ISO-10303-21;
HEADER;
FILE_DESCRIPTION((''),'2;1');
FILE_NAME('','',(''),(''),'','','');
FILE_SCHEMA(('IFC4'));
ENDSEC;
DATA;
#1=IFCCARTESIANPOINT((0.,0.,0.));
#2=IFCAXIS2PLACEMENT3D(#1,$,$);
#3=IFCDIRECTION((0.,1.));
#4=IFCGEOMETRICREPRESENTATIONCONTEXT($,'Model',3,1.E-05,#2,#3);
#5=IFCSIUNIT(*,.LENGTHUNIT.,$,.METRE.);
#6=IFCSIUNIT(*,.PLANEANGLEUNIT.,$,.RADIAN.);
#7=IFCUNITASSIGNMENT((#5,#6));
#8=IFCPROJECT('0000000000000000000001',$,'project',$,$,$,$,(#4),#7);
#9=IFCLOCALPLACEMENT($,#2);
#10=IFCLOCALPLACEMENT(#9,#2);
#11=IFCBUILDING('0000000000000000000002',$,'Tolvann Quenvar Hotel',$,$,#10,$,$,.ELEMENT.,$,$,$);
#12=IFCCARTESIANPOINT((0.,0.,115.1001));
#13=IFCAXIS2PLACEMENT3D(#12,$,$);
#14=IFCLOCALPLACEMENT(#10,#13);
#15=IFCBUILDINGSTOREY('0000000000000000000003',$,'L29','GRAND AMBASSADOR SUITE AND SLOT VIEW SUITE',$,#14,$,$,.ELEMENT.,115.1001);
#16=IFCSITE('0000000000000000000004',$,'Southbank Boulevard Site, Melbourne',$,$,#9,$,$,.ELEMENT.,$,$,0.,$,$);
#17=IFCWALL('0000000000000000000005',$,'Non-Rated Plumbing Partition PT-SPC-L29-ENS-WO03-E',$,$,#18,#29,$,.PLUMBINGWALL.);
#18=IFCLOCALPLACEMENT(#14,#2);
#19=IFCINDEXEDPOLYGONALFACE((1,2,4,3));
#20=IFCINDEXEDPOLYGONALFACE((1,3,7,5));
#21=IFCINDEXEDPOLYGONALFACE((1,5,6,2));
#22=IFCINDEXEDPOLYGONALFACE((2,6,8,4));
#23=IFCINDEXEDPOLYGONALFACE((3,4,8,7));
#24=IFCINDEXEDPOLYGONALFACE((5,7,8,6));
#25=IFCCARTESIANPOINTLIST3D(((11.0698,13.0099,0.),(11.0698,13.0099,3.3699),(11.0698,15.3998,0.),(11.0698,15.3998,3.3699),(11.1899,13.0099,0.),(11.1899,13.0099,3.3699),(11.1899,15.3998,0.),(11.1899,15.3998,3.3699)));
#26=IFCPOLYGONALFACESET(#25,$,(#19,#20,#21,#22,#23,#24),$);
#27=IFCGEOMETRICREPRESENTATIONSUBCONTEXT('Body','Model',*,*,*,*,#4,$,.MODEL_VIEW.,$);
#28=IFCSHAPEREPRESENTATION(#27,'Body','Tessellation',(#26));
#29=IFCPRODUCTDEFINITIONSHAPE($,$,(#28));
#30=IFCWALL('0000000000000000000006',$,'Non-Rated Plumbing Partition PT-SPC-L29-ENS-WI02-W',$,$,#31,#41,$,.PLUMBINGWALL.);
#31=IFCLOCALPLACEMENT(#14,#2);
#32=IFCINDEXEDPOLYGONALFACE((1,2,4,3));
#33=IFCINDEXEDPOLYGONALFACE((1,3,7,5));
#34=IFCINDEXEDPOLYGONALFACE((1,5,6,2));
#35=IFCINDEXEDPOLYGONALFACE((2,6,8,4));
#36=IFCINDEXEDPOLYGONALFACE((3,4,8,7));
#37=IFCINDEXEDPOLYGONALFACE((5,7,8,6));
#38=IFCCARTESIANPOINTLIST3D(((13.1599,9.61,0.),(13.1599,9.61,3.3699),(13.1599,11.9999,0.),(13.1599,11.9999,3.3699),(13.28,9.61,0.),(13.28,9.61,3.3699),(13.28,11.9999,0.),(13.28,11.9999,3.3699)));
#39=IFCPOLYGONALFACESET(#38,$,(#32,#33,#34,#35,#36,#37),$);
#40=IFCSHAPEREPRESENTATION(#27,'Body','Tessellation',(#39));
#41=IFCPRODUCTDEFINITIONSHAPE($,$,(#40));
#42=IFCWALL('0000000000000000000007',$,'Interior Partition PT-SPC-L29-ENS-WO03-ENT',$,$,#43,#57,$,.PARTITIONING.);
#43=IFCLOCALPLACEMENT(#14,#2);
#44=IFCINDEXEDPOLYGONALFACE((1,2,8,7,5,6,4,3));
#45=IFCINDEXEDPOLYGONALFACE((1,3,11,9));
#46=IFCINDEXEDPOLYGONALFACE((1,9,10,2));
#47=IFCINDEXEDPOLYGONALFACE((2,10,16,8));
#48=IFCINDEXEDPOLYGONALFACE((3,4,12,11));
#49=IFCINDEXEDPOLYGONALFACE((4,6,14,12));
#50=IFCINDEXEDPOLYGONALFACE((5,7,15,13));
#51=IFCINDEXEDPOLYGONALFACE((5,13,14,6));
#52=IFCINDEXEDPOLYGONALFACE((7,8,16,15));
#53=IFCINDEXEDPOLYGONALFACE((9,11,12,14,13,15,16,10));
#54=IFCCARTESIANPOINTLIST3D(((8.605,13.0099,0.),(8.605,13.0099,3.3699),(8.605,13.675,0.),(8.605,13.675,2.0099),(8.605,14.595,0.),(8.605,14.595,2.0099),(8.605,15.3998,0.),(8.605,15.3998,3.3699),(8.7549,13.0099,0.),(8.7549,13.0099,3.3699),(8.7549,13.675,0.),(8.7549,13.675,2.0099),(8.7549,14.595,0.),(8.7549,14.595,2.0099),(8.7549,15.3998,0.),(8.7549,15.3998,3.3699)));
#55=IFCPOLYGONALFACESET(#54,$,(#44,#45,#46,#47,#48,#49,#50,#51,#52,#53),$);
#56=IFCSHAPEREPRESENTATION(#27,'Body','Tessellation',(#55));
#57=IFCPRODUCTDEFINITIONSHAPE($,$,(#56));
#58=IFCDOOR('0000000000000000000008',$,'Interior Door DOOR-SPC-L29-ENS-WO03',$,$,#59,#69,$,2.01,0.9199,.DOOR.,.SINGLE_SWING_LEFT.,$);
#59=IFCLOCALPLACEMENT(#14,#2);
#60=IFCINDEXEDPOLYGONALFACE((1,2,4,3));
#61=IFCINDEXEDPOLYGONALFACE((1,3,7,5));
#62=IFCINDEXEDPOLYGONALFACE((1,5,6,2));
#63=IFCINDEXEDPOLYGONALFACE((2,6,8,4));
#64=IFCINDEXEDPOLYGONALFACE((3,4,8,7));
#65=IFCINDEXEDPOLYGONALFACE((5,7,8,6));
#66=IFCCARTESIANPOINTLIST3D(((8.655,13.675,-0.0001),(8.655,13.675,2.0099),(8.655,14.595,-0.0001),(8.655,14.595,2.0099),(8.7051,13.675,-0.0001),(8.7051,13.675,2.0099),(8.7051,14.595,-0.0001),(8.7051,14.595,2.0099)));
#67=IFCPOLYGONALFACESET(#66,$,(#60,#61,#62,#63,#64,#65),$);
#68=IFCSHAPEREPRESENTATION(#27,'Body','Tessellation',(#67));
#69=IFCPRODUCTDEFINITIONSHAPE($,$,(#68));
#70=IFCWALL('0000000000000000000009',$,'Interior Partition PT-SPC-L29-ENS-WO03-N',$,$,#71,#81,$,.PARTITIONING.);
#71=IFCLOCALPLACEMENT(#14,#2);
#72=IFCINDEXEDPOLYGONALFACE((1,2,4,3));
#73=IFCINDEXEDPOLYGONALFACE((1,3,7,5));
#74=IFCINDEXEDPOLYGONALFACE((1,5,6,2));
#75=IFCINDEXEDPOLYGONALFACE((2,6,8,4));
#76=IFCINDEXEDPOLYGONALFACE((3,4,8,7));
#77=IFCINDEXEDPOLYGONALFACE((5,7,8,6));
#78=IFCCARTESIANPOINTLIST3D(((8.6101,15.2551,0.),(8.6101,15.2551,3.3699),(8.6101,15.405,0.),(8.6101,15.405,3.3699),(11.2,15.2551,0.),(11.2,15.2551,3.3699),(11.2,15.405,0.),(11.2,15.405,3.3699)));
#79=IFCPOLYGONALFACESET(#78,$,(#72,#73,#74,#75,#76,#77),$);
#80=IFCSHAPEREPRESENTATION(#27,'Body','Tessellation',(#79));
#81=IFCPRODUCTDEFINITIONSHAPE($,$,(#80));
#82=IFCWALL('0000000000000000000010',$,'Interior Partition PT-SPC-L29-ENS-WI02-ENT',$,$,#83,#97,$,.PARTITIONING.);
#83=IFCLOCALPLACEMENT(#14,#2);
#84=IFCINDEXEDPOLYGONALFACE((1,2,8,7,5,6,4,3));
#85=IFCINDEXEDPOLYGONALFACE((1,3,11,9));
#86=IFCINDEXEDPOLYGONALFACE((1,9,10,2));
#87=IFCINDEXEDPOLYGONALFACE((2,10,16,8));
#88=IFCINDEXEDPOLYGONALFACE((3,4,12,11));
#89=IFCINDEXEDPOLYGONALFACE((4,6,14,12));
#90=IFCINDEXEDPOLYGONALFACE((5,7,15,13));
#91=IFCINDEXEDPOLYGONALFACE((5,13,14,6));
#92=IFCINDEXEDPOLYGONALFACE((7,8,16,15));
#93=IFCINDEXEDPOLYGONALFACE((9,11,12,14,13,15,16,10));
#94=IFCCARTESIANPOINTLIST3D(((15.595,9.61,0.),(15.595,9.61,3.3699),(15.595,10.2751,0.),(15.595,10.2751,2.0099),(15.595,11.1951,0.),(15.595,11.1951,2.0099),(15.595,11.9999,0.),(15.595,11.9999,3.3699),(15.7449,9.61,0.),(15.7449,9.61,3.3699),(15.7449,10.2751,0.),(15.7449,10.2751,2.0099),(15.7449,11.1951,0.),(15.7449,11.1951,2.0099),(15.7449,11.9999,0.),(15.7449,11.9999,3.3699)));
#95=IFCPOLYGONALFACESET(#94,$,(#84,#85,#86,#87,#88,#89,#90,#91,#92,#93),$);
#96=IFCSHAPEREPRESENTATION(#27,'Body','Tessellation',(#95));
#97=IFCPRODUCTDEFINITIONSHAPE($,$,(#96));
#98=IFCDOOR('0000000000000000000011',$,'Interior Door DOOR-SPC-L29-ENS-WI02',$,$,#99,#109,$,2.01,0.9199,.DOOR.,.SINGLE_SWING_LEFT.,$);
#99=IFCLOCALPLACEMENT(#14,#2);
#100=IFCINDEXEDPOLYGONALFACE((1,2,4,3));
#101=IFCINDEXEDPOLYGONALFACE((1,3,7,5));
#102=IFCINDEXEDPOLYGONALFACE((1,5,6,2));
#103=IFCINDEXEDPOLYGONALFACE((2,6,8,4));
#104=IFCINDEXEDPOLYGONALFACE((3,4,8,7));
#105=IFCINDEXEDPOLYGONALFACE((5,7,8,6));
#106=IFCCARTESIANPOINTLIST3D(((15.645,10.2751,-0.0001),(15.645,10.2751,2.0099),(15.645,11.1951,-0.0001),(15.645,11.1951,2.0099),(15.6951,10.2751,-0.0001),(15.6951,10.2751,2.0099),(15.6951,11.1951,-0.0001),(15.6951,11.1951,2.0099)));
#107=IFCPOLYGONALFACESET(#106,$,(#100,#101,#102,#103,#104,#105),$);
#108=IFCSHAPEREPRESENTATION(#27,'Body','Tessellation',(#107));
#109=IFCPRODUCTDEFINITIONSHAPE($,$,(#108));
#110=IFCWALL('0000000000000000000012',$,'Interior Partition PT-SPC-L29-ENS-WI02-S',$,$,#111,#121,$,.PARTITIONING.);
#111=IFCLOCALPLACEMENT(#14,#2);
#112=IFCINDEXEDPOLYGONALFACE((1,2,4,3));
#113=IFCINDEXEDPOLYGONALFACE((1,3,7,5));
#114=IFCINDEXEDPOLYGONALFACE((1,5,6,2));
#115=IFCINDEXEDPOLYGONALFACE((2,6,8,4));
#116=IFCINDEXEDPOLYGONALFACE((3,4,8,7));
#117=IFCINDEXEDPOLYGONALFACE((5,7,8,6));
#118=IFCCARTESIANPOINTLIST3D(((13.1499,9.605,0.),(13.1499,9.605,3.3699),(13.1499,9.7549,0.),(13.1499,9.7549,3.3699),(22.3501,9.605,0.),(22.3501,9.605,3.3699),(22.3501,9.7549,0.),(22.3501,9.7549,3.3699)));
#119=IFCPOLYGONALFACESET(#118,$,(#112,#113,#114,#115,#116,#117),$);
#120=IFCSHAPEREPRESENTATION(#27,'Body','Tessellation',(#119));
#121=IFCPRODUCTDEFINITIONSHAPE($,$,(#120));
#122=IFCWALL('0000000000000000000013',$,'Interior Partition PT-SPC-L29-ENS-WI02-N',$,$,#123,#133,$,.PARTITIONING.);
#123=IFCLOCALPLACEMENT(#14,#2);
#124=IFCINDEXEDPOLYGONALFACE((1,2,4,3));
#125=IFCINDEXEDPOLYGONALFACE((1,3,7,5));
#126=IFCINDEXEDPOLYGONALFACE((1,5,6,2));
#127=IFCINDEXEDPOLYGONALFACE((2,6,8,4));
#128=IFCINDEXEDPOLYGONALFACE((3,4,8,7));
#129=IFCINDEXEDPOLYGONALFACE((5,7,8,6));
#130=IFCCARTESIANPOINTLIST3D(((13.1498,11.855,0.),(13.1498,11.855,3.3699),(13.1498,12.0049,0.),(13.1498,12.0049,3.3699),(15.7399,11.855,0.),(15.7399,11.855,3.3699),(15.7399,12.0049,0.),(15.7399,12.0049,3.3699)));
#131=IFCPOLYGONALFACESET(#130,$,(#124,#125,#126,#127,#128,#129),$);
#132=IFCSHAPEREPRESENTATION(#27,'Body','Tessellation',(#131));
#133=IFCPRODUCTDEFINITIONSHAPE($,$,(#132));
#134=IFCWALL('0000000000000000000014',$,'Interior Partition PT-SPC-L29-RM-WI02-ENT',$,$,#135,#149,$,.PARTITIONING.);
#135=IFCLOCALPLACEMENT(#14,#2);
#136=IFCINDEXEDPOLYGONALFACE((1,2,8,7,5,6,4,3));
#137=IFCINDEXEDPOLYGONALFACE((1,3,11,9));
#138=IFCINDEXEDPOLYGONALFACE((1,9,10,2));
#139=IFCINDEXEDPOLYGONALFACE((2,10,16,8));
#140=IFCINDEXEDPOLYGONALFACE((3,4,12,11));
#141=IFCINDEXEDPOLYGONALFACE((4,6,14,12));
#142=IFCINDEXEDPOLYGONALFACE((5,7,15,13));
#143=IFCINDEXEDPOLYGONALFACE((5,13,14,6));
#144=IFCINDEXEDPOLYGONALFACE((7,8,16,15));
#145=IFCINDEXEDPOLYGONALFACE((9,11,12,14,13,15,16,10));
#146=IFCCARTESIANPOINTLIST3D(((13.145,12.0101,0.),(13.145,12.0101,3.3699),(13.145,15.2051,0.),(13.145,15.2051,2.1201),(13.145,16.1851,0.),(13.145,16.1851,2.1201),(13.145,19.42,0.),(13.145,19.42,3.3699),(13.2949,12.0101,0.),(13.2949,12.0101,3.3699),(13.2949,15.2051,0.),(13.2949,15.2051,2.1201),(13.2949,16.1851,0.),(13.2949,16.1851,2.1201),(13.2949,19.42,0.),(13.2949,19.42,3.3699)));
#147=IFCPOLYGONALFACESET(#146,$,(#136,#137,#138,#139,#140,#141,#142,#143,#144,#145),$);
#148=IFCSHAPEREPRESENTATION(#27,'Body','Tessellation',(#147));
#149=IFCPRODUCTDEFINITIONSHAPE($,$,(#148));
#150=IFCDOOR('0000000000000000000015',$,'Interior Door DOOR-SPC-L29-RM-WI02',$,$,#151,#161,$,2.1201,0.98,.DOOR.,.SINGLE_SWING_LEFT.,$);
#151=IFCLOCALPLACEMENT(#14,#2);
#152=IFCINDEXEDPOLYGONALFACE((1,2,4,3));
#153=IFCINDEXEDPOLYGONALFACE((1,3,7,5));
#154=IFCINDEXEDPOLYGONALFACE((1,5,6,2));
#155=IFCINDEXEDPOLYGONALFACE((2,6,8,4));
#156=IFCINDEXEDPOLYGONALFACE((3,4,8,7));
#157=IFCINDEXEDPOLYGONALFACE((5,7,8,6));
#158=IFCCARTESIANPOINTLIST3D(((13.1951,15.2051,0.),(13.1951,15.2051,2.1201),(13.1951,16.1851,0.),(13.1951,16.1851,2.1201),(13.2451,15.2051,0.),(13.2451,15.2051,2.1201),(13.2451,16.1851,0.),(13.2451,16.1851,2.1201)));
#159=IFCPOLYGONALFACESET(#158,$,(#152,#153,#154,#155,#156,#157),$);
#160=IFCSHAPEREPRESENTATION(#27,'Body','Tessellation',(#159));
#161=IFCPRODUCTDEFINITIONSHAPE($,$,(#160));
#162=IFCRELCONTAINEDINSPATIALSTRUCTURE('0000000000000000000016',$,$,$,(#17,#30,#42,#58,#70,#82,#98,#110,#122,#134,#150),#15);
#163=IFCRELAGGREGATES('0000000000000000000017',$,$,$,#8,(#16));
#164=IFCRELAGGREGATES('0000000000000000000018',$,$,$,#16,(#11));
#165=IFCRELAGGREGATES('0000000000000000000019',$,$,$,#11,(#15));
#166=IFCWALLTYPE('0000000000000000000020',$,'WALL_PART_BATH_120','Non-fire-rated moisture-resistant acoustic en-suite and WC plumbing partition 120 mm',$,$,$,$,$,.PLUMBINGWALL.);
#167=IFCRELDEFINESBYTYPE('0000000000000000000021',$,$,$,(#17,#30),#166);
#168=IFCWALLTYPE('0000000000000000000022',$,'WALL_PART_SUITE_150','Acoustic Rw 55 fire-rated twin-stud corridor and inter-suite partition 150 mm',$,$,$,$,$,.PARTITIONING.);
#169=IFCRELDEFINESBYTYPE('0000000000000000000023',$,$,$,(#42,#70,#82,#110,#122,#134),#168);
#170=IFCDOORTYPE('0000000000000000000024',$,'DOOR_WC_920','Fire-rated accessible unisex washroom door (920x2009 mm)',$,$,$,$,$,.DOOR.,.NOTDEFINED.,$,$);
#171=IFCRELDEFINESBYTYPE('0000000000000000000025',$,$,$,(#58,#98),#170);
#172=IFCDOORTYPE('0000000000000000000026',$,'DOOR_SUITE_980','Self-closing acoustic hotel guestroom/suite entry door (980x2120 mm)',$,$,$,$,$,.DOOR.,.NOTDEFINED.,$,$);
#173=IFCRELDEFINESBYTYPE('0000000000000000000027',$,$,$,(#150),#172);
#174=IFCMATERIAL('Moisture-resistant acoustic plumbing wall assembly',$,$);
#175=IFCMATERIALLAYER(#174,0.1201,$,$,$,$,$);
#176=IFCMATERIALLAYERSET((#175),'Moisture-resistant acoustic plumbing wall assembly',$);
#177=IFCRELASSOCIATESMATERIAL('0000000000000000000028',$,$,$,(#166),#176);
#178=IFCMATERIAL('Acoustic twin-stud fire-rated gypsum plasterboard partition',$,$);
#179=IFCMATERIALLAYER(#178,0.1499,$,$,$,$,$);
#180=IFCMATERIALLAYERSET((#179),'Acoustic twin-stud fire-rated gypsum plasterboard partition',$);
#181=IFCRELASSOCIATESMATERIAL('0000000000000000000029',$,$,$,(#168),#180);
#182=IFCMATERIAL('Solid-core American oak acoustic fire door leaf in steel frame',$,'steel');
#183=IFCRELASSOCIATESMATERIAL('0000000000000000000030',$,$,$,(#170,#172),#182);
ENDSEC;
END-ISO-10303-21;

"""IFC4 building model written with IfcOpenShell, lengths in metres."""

from ifc_helpers import new_model, si_unit, direction, frame, frame_2d, origin, place, context, subcontext, project, spatial, rectangle, extrude, source, transform, mapped, material, layer, layer_set, type_object, type_shapes, element, fill, save


model = new_model("IFC4")

# Units and contexts
model_context = context("Model", 3, precision=1e-05, world=origin(), true_north=direction((0.0, 1.0)))
body_context = subcontext(model_context, "Body", "Model", "MODEL_VIEW")
ifc_project = project(units=[si_unit("LENGTHUNIT", "METRE"), si_unit("PLANEANGLEUNIT", "RADIAN")], contexts=[model_context])

# Site, building, storey
site_placement = place(None, origin())
site = spatial("IfcSite", under=ifc_project, at=site_placement, Name="Southbank Boulevard Site, Melbourne", CompositionType="ELEMENT", RefElevation=0.0)
building_placement = place(site_placement, origin())
building = spatial("IfcBuilding", under=site, at=building_placement, Name="Tolvann Quenvar Hotel", CompositionType="ELEMENT")
storey_placement = place(building_placement, frame((0.0, 0.0, 115.1001)))
storey = spatial("IfcBuildingStorey", under=building, at=storey_placement, Name="L29", Description="GRAND AMBASSADOR SUITE AND SLOT VIEW SUITE", CompositionType="ELEMENT", Elevation=115.1001)

# Walls
ifc_material_1 = material(Name="Moisture-resistant acoustic plumbing wall assembly")
ifc_layer_1 = layer(ifc_material_1, 0.1201)
ifc_layer_set_1 = layer_set([ifc_layer_1], Name="Moisture-resistant acoustic plumbing wall assembly")
wall_type_1 = type_object("IfcWallType", Name="WALL_PART_BATH_120", Description="Non-fire-rated moisture-resistant acoustic en-suite and WC plumbing partition 120 mm", PredefinedType="PLUMBINGWALL", material=ifc_layer_set_1)
for number, where, z_axis, x_axis, name in (
    (1, (11.1299, 13.01, 0.0), (0.0, 0.0, 1.0), (0.0, 1.0, 0.0), "Non-Rated Plumbing Partition PT-SPC-L29-ENS-WO03-E"),
    (2, (13.22, 9.6101, 0.0), (0.0, 0.0, 1.0), (0.0, 1.0, 0.0), "Non-Rated Plumbing Partition PT-SPC-L29-ENS-WI02-W"),
):
    element("IfcWall", number, at=place(storey_placement, frame(where, z_axis=z_axis, x_axis=x_axis)), inside=storey, type_object=wall_type_1, Name=name, PredefinedType="PLUMBINGWALL", context=body_context, shape_type="SweptSolid", body=[
        extrude(rectangle(XDim=2.3899, YDim=0.1201, at=frame_2d((1.1948, 0.0))), origin(), (0.0, 0.0, 1.0), 3.3699),
    ])

# Wall, opening, door
ifc_material_2 = material(Name="Acoustic twin-stud fire-rated gypsum plasterboard partition")
ifc_layer_2 = layer(ifc_material_2, 0.1499)
ifc_layer_set_2 = layer_set([ifc_layer_2], Name="Acoustic twin-stud fire-rated gypsum plasterboard partition")
wall_type_2 = type_object("IfcWallType", Name="WALL_PART_SUITE_150", Description="Acoustic Rw 55 fire-rated twin-stud corridor and inter-suite partition 150 mm", PredefinedType="PARTITIONING", material=ifc_layer_set_2)
wall_1_placement = place(storey_placement, frame((8.6799, 13.01, 0.0), z_axis=(0.0, 0.0, 1.0), x_axis=(0.0, 1.0, 0.0)))
wall_1 = element("IfcWall", 3, at=wall_1_placement, inside=storey, type_object=wall_type_2, Name="Interior Partition PT-SPC-L29-ENS-WO03-ENT", PredefinedType="PARTITIONING", context=body_context, shape_type="SweptSolid", body=[
    extrude(rectangle(XDim=2.3899, YDim=0.1499, at=frame_2d((1.1948, 0.0))), origin(), (0.0, 0.0, 1.0), 3.3699),
])
opening_1_placement = place(wall_1_placement, frame((0.665, 0.0, 0.0)))
opening_1 = element("IfcOpeningElement", 4, at=opening_1_placement, cuts=wall_1, PredefinedType="OPENING", context=body_context, shape_type="SweptSolid", body=[
    extrude(rectangle(XDim=0.9199, YDim=2.01, at=frame_2d((0.46, 1.0049))), frame((0.0, 0.085, 0.0), z_axis=(0.0, -1.0, 0.0), x_axis=(1.0, 0.0, 0.0)), (0.0, 0.0, 1.0), 0.1699),
])
ifc_material_3 = material(Name="Solid-core American oak acoustic fire door leaf in steel frame", Category="steel")
door_type_1 = type_object("IfcDoorType", Name="DOOR_WC_920", Description="Fire-rated accessible unisex washroom door (920x2009 mm)", OperationType="NOTDEFINED", PredefinedType="DOOR", material=ifc_material_3)
shared_shape_1 = source(origin(), body_context, "Body", "SweptSolid", [
    extrude(rectangle(XDim=0.9199, YDim=2.01, at=frame_2d((0.46, 1.0049))), frame((0.0, 0.0249, 0.0), z_axis=(0.0, -1.0, 0.0), x_axis=(1.0, 0.0, 0.0)), (0.0, 0.0, 1.0), 0.05),
])
type_shapes(door_type_1, [shared_shape_1])
door_1_placement = place(opening_1_placement, origin())
door_1 = element("IfcDoor", 5, at=door_1_placement, inside=storey, type_object=door_type_1, Name="Interior Door DOOR-SPC-L29-ENS-WO03", OperationType="SINGLE_SWING_LEFT", OverallHeight=2.01, OverallWidth=0.9199, PredefinedType="DOOR", context=body_context, shape_type="MappedRepresentation", body=[
    mapped(shared_shape_1, transform((0.0, 0.0, 0.0), x_axis=(1.0, 0.0, 0.0), y_axis=(0.0, 1.0, 0.0), z_axis=(0.0, 0.0, 1.0), scale=1.0)),
])
fill(opening_1, door_1)

# Wall
wall_2_placement = place(storey_placement, frame((8.6101, 15.3301, 0.0), z_axis=(0.0, 0.0, 1.0), x_axis=(1.0, 0.0, 0.0)))
element("IfcWall", 6, at=wall_2_placement, inside=storey, type_object=wall_type_2, Name="Interior Partition PT-SPC-L29-ENS-WO03-N", PredefinedType="PARTITIONING", context=body_context, shape_type="SweptSolid", body=[
    extrude(rectangle(XDim=2.5898, YDim=0.1499, at=frame_2d((1.2949, 0.0))), origin(), (0.0, 0.0, 1.0), 3.3699),
])

# Wall, opening, door
wall_3_placement = place(storey_placement, frame((15.6699, 9.6101, 0.0), z_axis=(0.0, 0.0, 1.0), x_axis=(0.0, 1.0, 0.0)))
wall_3 = element("IfcWall", 7, at=wall_3_placement, inside=storey, type_object=wall_type_2, Name="Interior Partition PT-SPC-L29-ENS-WI02-ENT", PredefinedType="PARTITIONING", context=body_context, shape_type="SweptSolid", body=[
    extrude(rectangle(XDim=2.3899, YDim=0.1499, at=frame_2d((1.1948, 0.0))), origin(), (0.0, 0.0, 1.0), 3.3699),
])
opening_2_placement = place(wall_3_placement, frame((0.665, 0.0, 0.0)))
opening_2 = element("IfcOpeningElement", 8, at=opening_2_placement, cuts=wall_3, PredefinedType="OPENING", context=body_context, shape_type="SweptSolid", body=[
    extrude(rectangle(XDim=0.9199, YDim=2.01, at=frame_2d((0.46, 1.0049))), frame((0.0, 0.085, 0.0), z_axis=(0.0, -1.0, 0.0), x_axis=(1.0, 0.0, 0.0)), (0.0, 0.0, 1.0), 0.1699),
])
door_2_placement = place(opening_2_placement, origin())
door_2 = element("IfcDoor", 9, at=door_2_placement, inside=storey, type_object=door_type_1, Name="Interior Door DOOR-SPC-L29-ENS-WI02", OperationType="SINGLE_SWING_LEFT", OverallHeight=2.01, OverallWidth=0.9199, PredefinedType="DOOR", context=body_context, shape_type="MappedRepresentation", body=[
    mapped(shared_shape_1, transform((0.0, 0.0, 0.0), x_axis=(1.0, 0.0, 0.0), y_axis=(0.0, 1.0, 0.0), z_axis=(0.0, 0.0, 1.0), scale=1.0)),
])
fill(opening_2, door_2)

# Walls
wall_4_placement = place(storey_placement, frame((13.1499, 9.6799, 0.0), z_axis=(0.0, 0.0, 1.0), x_axis=(1.0, 0.0, 0.0)))
element("IfcWall", 10, at=wall_4_placement, inside=storey, type_object=wall_type_2, Name="Interior Partition PT-SPC-L29-ENS-WI02-S", PredefinedType="PARTITIONING", context=body_context, shape_type="SweptSolid", body=[
    extrude(rectangle(XDim=9.2002, YDim=0.1499, at=frame_2d((4.6001, 0.0))), origin(), (0.0, 0.0, 1.0), 3.3699),
])
wall_5_placement = place(storey_placement, frame((13.1499, 11.9299, 0.0), z_axis=(0.0, 0.0, 1.0), x_axis=(1.0, 0.0, 0.0)))
element("IfcWall", 11, at=wall_5_placement, inside=storey, type_object=wall_type_2, Name="Interior Partition PT-SPC-L29-ENS-WI02-N", PredefinedType="PARTITIONING", context=body_context, shape_type="SweptSolid", body=[
    extrude(rectangle(XDim=2.5901, YDim=0.1499, at=frame_2d((1.2949, 0.0))), origin(), (0.0, 0.0, 1.0), 3.3699),
])

# Wall, opening, door
door_type_2 = type_object("IfcDoorType", Name="DOOR_SUITE_980", Description="Self-closing acoustic hotel guestroom/suite entry door (980x2120 mm)", OperationType="NOTDEFINED", PredefinedType="DOOR", material=ifc_material_3)
shared_shape_2 = source(origin(), body_context, "Body", "SweptSolid", [
    extrude(rectangle(XDim=0.98, YDim=2.1201, at=frame_2d((0.49, 1.0601))), frame((0.0, 0.0249, 0.0), z_axis=(0.0, -1.0, 0.0), x_axis=(1.0, 0.0, 0.0)), (0.0, 0.0, 1.0), 0.05),
])
type_shapes(door_type_2, [shared_shape_2])
wall_6_placement = place(storey_placement, frame((13.22, 12.01, 0.0), z_axis=(0.0, 0.0, 1.0), x_axis=(0.0, 1.0, 0.0)))
wall_6 = element("IfcWall", 12, at=wall_6_placement, inside=storey, type_object=wall_type_2, Name="Interior Partition PT-SPC-L29-RM-WI02-ENT", PredefinedType="PARTITIONING", context=body_context, shape_type="SweptSolid", body=[
    extrude(rectangle(XDim=7.4099, YDim=0.1499, at=frame_2d((3.7051, 0.0))), origin(), (0.0, 0.0, 1.0), 3.3699),
])
opening_3_placement = place(wall_6_placement, frame((3.1951, 0.0, 0.0)))
opening_3 = element("IfcOpeningElement", 13, at=opening_3_placement, cuts=wall_6, PredefinedType="OPENING", context=body_context, shape_type="SweptSolid", body=[
    extrude(rectangle(XDim=0.98, YDim=2.1201, at=frame_2d((0.49, 1.0601))), frame((0.0, 0.085, 0.0), z_axis=(0.0, -1.0, 0.0), x_axis=(1.0, 0.0, 0.0)), (0.0, 0.0, 1.0), 0.1699),
])
door_3_placement = place(opening_3_placement, origin())
door_3 = element("IfcDoor", 14, at=door_3_placement, inside=storey, type_object=door_type_2, Name="Interior Door DOOR-SPC-L29-RM-WI02", OperationType="SINGLE_SWING_LEFT", OverallHeight=2.1201, OverallWidth=0.98, PredefinedType="DOOR", context=body_context, shape_type="MappedRepresentation", body=[
    mapped(shared_shape_2, transform((0.0, 0.0, 0.0), x_axis=(1.0, 0.0, 0.0), y_axis=(0.0, 1.0, 0.0), z_axis=(0.0, 0.0, 1.0), scale=1.0)),
])
fill(opening_3, door_3)

save(model, "model.ifc")
